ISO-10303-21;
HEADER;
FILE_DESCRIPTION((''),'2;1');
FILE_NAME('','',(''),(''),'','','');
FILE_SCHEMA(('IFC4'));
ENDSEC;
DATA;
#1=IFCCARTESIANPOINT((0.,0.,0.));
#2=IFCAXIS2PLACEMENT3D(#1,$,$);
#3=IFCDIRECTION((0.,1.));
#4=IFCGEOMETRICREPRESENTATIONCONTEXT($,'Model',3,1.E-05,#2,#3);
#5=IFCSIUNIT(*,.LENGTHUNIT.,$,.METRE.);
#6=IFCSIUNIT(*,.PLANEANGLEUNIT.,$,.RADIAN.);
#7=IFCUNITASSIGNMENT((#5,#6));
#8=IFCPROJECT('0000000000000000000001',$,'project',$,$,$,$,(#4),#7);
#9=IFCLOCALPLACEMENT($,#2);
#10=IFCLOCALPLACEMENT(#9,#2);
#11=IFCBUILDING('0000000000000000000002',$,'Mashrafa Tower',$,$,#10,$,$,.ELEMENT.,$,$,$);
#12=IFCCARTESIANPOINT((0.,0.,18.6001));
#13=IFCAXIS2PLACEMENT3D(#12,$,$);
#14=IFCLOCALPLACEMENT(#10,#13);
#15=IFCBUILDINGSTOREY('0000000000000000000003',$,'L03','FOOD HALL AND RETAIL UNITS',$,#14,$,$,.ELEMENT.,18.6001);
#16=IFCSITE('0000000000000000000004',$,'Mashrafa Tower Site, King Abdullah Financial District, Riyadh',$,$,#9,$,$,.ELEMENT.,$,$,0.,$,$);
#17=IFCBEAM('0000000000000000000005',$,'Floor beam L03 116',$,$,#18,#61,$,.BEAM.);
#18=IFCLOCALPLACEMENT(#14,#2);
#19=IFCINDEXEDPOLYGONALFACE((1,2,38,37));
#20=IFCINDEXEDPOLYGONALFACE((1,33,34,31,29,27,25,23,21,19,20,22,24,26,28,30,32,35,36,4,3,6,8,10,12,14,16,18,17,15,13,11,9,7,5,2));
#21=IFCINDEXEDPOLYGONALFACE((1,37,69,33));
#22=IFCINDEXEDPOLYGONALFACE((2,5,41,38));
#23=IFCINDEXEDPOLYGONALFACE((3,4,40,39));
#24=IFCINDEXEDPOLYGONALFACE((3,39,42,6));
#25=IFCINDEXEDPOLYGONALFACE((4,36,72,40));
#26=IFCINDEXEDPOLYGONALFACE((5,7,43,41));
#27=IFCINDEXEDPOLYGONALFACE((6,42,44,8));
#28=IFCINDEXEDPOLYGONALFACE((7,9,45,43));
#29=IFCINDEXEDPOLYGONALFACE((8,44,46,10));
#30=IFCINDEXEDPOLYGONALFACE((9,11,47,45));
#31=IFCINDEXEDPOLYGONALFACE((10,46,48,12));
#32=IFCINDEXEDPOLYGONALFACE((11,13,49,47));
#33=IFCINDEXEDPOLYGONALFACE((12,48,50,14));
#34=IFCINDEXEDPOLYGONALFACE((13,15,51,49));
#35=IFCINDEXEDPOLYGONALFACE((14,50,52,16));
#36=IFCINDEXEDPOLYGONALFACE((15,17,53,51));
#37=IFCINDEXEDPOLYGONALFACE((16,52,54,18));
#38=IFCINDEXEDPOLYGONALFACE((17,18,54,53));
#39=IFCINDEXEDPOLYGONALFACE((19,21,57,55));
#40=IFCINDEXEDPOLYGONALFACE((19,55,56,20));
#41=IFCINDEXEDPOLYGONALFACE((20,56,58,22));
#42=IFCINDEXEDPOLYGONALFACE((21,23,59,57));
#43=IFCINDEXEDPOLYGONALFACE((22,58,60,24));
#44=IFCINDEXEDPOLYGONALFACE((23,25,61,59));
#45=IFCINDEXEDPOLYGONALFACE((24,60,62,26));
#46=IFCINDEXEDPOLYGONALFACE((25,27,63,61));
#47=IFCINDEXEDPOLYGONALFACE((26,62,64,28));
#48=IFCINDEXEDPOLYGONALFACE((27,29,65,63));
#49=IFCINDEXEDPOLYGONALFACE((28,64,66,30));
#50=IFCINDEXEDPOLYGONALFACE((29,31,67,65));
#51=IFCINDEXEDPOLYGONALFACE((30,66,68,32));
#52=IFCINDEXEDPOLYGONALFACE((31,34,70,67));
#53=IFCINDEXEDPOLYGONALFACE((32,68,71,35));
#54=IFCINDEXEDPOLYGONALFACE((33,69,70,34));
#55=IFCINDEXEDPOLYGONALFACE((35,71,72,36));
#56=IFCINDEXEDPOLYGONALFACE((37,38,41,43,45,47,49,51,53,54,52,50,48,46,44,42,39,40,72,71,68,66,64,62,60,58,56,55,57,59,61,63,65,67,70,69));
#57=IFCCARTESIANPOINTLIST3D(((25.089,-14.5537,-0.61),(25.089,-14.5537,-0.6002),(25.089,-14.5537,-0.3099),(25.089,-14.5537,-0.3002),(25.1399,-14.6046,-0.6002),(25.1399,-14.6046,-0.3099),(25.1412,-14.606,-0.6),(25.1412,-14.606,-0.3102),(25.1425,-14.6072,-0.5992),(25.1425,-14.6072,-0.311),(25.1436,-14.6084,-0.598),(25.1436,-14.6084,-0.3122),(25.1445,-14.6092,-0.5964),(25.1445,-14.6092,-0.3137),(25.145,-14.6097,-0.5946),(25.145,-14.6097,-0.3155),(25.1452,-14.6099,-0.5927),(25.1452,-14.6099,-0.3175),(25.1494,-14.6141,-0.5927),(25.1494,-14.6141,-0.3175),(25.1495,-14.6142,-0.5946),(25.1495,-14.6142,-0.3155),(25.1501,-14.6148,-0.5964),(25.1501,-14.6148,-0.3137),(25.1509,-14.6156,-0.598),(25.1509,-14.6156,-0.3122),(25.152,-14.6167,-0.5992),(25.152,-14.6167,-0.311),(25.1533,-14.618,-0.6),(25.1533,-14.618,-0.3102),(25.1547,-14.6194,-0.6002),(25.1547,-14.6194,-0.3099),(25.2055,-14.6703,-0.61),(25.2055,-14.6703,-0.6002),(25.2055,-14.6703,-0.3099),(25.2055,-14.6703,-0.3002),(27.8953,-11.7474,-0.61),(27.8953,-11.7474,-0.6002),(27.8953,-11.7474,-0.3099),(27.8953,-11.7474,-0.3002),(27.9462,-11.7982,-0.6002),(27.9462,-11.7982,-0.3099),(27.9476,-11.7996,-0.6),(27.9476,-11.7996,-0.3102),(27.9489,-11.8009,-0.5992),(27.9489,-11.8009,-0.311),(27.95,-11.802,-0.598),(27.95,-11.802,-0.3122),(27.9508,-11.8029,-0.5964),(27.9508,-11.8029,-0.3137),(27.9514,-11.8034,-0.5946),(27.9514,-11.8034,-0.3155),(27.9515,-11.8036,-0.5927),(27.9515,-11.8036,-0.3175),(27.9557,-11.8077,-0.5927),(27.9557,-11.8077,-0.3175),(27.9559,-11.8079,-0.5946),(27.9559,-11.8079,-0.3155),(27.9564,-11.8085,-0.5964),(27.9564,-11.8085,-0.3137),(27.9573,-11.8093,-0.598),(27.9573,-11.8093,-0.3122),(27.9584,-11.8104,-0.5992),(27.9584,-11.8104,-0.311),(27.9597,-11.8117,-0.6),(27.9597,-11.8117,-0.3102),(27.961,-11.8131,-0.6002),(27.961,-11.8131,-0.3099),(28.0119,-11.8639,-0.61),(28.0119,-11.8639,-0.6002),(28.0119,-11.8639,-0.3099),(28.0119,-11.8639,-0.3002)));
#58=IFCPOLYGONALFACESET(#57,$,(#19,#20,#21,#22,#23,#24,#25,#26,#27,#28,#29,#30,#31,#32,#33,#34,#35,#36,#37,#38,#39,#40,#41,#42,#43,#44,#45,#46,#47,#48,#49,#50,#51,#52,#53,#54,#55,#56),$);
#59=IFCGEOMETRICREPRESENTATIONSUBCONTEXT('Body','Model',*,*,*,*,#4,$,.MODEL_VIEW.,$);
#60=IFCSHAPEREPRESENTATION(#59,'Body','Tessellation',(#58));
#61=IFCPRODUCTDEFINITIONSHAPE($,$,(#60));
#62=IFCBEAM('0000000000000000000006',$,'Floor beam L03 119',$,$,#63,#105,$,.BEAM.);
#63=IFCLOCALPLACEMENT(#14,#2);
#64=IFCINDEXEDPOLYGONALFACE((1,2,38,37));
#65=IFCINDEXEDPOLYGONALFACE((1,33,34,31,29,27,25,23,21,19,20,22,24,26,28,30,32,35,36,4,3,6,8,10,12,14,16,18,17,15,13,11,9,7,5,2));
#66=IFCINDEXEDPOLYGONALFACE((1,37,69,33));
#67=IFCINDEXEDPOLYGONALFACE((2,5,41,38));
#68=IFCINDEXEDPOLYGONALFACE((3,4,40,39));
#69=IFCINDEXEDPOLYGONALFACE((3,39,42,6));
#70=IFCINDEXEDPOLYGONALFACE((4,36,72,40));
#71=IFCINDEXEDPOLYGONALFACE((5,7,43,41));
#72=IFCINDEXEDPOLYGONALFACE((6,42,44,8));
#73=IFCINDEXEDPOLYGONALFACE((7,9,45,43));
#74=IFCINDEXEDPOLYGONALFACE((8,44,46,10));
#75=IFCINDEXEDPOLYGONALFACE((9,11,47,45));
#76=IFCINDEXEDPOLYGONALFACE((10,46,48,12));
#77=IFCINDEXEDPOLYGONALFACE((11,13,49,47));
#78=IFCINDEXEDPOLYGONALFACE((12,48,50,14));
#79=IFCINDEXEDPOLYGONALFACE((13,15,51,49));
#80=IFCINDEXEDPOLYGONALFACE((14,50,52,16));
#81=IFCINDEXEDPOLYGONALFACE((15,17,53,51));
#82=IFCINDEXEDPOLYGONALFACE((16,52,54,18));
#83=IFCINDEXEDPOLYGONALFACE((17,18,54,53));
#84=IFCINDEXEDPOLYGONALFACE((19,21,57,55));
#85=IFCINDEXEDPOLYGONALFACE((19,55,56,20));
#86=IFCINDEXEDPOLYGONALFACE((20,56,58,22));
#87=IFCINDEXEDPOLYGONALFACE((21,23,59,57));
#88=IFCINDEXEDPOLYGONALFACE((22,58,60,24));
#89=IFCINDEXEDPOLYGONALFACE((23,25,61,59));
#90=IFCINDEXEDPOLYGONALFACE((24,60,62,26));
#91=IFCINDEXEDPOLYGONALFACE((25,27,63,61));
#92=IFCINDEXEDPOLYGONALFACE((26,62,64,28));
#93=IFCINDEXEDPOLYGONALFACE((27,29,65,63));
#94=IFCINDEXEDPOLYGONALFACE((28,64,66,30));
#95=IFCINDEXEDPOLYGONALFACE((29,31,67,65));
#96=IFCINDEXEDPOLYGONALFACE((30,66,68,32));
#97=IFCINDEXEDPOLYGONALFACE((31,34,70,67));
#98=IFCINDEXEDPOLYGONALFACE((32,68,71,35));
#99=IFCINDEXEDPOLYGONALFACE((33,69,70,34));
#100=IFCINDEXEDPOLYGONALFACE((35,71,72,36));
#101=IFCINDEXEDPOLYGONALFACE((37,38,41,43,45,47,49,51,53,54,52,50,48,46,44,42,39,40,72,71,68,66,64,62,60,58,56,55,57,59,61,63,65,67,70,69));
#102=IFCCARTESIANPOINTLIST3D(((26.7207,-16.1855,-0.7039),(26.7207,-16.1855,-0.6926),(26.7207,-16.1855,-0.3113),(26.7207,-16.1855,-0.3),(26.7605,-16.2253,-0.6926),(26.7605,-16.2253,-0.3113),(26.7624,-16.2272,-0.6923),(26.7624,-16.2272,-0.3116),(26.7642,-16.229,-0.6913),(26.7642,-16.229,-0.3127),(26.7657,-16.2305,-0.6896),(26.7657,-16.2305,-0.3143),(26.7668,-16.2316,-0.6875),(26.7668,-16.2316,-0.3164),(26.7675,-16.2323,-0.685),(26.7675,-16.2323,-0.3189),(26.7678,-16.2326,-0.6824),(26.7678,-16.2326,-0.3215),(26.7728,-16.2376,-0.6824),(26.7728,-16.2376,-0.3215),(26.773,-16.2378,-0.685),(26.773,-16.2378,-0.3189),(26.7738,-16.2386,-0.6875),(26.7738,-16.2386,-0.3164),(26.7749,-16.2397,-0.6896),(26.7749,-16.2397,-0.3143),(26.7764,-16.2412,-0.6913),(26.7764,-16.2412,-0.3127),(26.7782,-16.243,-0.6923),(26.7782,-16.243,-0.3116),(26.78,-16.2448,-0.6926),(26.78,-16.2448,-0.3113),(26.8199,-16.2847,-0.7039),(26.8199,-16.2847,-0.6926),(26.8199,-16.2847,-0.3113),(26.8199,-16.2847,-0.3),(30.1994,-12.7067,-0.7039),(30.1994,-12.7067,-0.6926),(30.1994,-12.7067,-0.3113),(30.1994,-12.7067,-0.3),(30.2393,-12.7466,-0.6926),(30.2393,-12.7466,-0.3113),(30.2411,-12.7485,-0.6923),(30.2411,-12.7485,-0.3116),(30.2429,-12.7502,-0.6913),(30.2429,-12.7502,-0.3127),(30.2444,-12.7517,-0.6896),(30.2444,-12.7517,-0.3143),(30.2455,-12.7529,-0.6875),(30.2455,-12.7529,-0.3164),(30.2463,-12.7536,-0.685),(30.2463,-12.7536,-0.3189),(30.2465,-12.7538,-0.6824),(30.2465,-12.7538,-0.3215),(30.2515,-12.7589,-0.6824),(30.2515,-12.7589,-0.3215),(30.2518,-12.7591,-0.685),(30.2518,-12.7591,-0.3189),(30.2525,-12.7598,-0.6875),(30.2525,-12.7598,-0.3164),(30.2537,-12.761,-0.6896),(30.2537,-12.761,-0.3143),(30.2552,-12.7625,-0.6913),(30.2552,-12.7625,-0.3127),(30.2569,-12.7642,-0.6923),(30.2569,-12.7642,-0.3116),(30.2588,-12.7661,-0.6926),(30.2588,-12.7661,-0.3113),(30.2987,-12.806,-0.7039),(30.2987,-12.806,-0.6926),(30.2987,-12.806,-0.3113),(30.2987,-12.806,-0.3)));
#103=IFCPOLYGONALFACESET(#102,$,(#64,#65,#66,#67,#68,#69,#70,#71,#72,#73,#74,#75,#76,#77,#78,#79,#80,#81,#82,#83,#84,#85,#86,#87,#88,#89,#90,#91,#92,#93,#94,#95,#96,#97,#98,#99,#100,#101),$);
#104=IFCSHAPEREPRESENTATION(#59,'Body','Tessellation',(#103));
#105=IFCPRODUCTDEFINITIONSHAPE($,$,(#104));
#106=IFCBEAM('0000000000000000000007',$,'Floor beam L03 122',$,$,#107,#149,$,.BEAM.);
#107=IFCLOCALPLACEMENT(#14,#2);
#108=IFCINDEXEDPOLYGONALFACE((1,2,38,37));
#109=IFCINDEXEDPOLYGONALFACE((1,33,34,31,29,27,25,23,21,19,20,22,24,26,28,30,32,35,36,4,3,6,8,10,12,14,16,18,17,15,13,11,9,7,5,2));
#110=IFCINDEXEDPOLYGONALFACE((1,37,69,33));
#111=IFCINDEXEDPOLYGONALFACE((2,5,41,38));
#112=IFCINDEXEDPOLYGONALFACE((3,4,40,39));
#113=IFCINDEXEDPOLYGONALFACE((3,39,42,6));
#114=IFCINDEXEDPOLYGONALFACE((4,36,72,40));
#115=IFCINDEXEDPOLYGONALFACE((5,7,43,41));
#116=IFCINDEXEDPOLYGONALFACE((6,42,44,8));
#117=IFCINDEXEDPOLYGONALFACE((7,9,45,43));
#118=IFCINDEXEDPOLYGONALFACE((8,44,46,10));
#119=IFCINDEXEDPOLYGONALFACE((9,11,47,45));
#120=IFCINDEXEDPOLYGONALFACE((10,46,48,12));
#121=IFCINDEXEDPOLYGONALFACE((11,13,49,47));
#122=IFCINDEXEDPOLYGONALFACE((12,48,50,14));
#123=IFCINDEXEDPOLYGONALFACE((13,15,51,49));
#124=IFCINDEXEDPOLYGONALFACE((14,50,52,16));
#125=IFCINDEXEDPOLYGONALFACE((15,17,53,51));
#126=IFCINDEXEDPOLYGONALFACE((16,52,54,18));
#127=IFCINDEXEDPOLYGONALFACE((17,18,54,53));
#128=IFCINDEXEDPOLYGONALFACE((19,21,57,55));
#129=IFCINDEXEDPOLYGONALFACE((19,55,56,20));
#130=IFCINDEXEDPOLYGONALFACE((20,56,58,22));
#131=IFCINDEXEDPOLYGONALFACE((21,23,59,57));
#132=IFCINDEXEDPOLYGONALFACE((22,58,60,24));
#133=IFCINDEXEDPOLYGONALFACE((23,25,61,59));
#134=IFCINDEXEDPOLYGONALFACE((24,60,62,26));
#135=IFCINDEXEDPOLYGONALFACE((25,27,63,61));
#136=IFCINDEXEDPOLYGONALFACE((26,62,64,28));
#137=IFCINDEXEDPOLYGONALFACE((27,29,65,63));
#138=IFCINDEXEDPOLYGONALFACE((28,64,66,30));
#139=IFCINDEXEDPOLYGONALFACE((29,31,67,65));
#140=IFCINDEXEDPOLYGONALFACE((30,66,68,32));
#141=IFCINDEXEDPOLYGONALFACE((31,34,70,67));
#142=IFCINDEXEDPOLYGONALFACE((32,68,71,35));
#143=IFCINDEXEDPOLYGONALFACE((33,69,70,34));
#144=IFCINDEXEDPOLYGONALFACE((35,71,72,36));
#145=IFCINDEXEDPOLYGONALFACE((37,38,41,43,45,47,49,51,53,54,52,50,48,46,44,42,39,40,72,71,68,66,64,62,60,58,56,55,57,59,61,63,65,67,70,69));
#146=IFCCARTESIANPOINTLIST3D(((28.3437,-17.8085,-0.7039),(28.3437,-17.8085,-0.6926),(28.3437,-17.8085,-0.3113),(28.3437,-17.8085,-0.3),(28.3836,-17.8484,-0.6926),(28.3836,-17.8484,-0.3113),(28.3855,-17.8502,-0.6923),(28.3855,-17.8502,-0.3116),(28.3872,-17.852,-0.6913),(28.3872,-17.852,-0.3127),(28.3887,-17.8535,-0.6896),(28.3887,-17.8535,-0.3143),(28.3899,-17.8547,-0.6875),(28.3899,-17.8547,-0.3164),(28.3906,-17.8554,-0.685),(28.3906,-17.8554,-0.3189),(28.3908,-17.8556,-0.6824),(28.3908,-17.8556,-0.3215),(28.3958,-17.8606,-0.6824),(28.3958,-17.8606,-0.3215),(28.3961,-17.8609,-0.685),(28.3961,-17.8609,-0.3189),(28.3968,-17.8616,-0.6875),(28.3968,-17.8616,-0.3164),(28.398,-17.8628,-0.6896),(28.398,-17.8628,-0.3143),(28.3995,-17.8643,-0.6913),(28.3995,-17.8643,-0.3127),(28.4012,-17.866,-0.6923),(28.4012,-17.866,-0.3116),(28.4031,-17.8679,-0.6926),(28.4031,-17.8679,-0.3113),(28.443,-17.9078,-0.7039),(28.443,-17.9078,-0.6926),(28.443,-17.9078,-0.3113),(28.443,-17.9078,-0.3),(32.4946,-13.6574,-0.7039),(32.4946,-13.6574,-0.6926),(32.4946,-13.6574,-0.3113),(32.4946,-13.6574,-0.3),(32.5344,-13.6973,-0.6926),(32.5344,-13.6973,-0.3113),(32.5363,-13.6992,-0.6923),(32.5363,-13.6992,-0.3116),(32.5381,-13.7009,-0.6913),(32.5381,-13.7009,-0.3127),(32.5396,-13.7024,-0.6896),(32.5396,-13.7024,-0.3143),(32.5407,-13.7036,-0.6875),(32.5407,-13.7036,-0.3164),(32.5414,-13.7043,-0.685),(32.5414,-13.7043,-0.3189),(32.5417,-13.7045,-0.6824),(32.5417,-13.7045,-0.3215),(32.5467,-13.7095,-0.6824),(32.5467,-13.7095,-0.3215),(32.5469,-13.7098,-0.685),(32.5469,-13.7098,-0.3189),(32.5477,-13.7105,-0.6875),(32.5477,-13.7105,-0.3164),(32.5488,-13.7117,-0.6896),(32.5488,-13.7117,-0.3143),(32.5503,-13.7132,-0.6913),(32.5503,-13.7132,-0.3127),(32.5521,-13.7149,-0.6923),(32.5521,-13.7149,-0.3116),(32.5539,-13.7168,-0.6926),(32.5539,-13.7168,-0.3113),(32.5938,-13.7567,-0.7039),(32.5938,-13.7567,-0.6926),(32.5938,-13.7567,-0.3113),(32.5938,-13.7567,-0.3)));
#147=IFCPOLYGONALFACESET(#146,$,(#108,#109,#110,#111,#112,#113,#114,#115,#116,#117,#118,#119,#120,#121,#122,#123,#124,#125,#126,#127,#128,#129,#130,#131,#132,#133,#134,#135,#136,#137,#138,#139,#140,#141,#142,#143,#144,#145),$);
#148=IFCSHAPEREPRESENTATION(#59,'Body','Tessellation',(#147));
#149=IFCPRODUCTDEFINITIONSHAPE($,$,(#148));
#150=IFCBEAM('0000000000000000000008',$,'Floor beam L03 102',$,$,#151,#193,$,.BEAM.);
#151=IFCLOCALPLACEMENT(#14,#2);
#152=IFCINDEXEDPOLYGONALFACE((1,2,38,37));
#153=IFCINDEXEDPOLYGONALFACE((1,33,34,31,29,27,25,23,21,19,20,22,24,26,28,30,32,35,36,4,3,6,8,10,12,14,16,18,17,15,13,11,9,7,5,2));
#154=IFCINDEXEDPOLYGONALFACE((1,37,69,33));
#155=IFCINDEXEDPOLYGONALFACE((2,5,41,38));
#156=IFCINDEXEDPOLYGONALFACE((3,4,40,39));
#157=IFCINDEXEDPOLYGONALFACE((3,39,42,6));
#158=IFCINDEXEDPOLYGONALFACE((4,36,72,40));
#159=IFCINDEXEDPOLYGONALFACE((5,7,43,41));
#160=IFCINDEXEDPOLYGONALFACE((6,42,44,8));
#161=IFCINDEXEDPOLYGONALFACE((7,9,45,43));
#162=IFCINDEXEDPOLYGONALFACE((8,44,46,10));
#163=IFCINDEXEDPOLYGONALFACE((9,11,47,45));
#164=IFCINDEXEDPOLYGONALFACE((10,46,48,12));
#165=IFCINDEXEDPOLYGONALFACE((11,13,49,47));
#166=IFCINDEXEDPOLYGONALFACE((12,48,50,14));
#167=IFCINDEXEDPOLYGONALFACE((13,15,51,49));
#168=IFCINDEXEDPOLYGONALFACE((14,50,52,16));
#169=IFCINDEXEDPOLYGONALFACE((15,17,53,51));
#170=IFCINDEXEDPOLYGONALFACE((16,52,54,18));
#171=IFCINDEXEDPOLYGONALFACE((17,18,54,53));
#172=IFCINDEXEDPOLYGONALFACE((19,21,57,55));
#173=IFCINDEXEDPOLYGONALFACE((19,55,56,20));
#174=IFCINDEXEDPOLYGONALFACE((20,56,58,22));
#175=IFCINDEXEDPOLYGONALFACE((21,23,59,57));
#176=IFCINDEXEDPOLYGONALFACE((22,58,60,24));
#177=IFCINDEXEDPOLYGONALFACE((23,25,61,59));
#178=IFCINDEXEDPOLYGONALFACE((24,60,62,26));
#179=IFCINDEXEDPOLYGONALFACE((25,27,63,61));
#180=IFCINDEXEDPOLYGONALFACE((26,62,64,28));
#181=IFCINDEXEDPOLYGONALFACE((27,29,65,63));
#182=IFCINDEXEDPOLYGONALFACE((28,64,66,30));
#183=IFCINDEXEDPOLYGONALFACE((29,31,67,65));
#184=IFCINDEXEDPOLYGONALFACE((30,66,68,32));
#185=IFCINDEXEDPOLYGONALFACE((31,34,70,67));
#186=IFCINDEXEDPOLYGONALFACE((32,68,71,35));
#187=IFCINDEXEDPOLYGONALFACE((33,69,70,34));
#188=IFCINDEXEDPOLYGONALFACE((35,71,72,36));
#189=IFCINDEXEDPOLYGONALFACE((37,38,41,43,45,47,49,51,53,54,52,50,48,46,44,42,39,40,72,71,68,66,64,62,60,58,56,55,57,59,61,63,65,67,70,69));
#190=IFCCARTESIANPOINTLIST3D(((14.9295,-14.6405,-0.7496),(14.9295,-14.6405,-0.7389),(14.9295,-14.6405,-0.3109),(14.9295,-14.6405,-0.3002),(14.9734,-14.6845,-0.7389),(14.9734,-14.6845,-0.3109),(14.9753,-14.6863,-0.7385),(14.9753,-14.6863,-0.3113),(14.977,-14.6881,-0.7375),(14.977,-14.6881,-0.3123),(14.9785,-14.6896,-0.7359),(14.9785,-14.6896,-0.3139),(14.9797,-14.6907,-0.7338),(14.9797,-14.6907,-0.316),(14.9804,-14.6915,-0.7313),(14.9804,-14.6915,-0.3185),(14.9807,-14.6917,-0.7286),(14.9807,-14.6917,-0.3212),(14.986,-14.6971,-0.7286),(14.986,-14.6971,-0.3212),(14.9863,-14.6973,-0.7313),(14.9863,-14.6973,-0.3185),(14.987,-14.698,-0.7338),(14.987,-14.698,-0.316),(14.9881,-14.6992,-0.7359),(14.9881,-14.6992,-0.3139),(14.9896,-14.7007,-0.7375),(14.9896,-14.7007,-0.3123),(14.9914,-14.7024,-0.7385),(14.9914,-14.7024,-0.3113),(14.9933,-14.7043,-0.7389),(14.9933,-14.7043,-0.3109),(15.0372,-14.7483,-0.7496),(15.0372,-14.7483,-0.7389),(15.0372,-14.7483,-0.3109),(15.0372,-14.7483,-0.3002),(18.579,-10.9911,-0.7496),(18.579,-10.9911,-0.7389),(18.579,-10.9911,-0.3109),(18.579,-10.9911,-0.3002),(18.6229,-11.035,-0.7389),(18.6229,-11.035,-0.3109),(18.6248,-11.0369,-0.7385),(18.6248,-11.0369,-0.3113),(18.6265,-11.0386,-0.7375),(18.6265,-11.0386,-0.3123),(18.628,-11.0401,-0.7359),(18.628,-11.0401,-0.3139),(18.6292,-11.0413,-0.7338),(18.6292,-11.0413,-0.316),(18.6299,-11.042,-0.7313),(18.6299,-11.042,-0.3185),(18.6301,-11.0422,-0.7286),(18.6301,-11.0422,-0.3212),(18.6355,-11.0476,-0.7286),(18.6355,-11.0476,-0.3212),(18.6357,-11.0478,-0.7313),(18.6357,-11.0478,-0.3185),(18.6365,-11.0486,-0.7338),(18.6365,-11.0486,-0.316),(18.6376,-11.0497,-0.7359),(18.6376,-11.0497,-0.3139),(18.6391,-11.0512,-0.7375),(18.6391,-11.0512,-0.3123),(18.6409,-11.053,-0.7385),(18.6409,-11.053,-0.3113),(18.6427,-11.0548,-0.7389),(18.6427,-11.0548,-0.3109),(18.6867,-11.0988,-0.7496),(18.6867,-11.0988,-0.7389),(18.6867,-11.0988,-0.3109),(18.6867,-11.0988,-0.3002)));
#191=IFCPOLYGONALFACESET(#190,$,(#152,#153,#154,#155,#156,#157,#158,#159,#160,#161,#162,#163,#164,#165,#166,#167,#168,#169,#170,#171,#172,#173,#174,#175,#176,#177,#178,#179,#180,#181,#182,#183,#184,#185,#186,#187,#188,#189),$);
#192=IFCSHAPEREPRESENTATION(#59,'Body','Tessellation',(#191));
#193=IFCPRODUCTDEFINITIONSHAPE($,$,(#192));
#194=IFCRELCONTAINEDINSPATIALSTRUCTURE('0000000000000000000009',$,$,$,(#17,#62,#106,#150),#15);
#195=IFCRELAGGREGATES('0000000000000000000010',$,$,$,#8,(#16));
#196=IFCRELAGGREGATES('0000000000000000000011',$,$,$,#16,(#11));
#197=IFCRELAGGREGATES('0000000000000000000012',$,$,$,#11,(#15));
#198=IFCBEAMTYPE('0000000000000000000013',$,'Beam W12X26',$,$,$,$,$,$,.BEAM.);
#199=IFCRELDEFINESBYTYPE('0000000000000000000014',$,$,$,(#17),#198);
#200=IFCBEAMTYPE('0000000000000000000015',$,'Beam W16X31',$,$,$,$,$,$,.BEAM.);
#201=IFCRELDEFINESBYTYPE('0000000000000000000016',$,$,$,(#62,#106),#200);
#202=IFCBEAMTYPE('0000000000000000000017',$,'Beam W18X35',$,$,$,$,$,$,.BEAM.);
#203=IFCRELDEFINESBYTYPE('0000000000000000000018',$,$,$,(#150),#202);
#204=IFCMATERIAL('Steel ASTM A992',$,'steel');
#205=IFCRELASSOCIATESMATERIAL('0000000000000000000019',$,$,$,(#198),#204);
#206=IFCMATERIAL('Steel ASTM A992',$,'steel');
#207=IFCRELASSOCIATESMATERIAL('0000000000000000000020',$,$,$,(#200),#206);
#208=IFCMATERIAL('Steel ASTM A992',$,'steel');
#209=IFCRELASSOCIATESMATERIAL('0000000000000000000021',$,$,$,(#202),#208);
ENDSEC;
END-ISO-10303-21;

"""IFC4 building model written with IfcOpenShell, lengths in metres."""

from ifc_helpers import new_model, si_unit, direction, frame, origin, origin_2d, place, context, subcontext, project, spatial, i_section, extrude, material, material_profile, profile_set, type_object, element, save


model = new_model("IFC4")

# Units and contexts
model_context = context("Model", 3, precision=1e-05, world=origin(), true_north=direction((0.0, 1.0)))
body_context = subcontext(model_context, "Body", "Model", "MODEL_VIEW")
ifc_project = project(units=[si_unit("LENGTHUNIT", "METRE"), si_unit("PLANEANGLEUNIT", "RADIAN")], contexts=[model_context])

# Site, building, storey
site_placement = place(None, origin())
site = spatial("IfcSite", under=ifc_project, at=site_placement, Name="Mashrafa Tower Site, King Abdullah Financial District, Riyadh", CompositionType="ELEMENT", RefElevation=0.0)
building_placement = place(site_placement, origin())
building = spatial("IfcBuilding", under=site, at=building_placement, Name="Mashrafa Tower", CompositionType="ELEMENT")
storey_placement = place(building_placement, frame((0.0, 0.0, 18.6001)))
storey = spatial("IfcBuildingStorey", under=building, at=storey_placement, Name="L03", Description="FOOD HALL AND RETAIL UNITS", CompositionType="ELEMENT", Elevation=18.6001)

# Beams
ifc_material_1 = material(Name="Steel ASTM A992", Category="steel")
ifc_material_profile_1 = material_profile(ifc_material_1, i_section(OverallWidth=0.1648, OverallDepth=0.3098, WebThickness=0.0059, FlangeThickness=0.0098, FilletRadius=0.0076, at=origin_2d()), Name="W12X26")
ifc_profile_set_1 = profile_set([ifc_material_profile_1], Name="Steel ASTM A992")
beam_type_1 = type_object("IfcBeamType", Name="Beam W12X26", PredefinedType="BEAM", material=ifc_profile_set_1)
beam_1_placement = place(storey_placement, frame((27.9536, -11.8057, -0.4551), z_axis=(-0.707107, -0.707107, 0.0), x_axis=(0.707107, -0.707107, 0.0)))
element("IfcBeam", 1, at=beam_1_placement, inside=storey, type_object=beam_type_1, Name="Floor beam L03 116", PredefinedType="BEAM", context=body_context, shape_type="SweptSolid", body=[
    extrude(i_section(OverallWidth=0.1648, OverallDepth=0.3098, WebThickness=0.0059, FlangeThickness=0.0098, FilletRadius=0.0076, at=origin_2d()), origin(), (0.0, 0.0, 1.0), 3.9688),
])
ifc_material_2 = material(Name="Steel ASTM A992", Category="steel")
ifc_material_profile_2 = material_profile(ifc_material_2, i_section(OverallWidth=0.1404, OverallDepth=0.4038, WebThickness=0.0071, FlangeThickness=0.0112, FilletRadius=0.0103, at=origin_2d()), Name="W16X31")
ifc_profile_set_2 = profile_set([ifc_material_profile_2], Name="Steel ASTM A992")
beam_type_2 = type_object("IfcBeamType", Name="Beam W16X31", PredefinedType="BEAM", material=ifc_profile_set_2)
beam_2_placement = place(storey_placement, frame((30.249, -12.7563, -0.502), z_axis=(-0.707107, -0.707107, 0.0), x_axis=(0.707107, -0.707107, 0.0)))
element("IfcBeam", 2, at=beam_2_placement, inside=storey, type_object=beam_type_2, Name="Floor beam L03 119", PredefinedType="BEAM", context=body_context, shape_type="SweptSolid", body=[
    extrude(i_section(OverallWidth=0.1404, OverallDepth=0.4038, WebThickness=0.0071, FlangeThickness=0.0112, FilletRadius=0.0103, at=origin_2d()), origin(), (0.0, 0.0, 1.0), 4.9197),
])
beam_3_placement = place(storey_placement, frame((32.5442, -13.707, -0.502), z_axis=(-0.707086, -0.707128, 0.0), x_axis=(0.707128, -0.707086, 0.0)))
element("IfcBeam", 3, at=beam_3_placement, inside=storey, type_object=beam_type_2, Name="Floor beam L03 122", PredefinedType="BEAM", context=body_context, shape_type="SweptSolid", body=[
    extrude(i_section(OverallWidth=0.1404, OverallDepth=0.4038, WebThickness=0.0071, FlangeThickness=0.0112, FilletRadius=0.0103, at=origin_2d()), origin(), (0.0, 0.0, 1.0), 5.8704),
])
ifc_material_3 = material(Name="Steel ASTM A992", Category="steel")
ifc_material_profile_3 = material_profile(ifc_material_3, i_section(OverallWidth=0.1523, OverallDepth=0.4495, WebThickness=0.0076, FlangeThickness=0.0107, FilletRadius=0.0103, at=origin_2d()), Name="W18X35")
ifc_profile_set_3 = profile_set([ifc_material_profile_3], Name="Steel ASTM A992")
beam_type_3 = type_object("IfcBeamType", Name="Beam W18X35", PredefinedType="BEAM", material=ifc_profile_set_3)
beam_4_placement = place(storey_placement, frame((18.6328, -11.0449, -0.5249), z_axis=(-0.707107, -0.707107, 0.0), x_axis=(0.707107, -0.707107, 0.0)))
element("IfcBeam", 4, at=beam_4_placement, inside=storey, type_object=beam_type_3, Name="Floor beam L03 102", PredefinedType="BEAM", context=body_context, shape_type="SweptSolid", body=[
    extrude(i_section(OverallWidth=0.1523, OverallDepth=0.4495, WebThickness=0.0076, FlangeThickness=0.0107, FilletRadius=0.0103, at=origin_2d()), origin(), (0.0, 0.0, 1.0), 5.1611),
])

save(model, "model.ifc")
